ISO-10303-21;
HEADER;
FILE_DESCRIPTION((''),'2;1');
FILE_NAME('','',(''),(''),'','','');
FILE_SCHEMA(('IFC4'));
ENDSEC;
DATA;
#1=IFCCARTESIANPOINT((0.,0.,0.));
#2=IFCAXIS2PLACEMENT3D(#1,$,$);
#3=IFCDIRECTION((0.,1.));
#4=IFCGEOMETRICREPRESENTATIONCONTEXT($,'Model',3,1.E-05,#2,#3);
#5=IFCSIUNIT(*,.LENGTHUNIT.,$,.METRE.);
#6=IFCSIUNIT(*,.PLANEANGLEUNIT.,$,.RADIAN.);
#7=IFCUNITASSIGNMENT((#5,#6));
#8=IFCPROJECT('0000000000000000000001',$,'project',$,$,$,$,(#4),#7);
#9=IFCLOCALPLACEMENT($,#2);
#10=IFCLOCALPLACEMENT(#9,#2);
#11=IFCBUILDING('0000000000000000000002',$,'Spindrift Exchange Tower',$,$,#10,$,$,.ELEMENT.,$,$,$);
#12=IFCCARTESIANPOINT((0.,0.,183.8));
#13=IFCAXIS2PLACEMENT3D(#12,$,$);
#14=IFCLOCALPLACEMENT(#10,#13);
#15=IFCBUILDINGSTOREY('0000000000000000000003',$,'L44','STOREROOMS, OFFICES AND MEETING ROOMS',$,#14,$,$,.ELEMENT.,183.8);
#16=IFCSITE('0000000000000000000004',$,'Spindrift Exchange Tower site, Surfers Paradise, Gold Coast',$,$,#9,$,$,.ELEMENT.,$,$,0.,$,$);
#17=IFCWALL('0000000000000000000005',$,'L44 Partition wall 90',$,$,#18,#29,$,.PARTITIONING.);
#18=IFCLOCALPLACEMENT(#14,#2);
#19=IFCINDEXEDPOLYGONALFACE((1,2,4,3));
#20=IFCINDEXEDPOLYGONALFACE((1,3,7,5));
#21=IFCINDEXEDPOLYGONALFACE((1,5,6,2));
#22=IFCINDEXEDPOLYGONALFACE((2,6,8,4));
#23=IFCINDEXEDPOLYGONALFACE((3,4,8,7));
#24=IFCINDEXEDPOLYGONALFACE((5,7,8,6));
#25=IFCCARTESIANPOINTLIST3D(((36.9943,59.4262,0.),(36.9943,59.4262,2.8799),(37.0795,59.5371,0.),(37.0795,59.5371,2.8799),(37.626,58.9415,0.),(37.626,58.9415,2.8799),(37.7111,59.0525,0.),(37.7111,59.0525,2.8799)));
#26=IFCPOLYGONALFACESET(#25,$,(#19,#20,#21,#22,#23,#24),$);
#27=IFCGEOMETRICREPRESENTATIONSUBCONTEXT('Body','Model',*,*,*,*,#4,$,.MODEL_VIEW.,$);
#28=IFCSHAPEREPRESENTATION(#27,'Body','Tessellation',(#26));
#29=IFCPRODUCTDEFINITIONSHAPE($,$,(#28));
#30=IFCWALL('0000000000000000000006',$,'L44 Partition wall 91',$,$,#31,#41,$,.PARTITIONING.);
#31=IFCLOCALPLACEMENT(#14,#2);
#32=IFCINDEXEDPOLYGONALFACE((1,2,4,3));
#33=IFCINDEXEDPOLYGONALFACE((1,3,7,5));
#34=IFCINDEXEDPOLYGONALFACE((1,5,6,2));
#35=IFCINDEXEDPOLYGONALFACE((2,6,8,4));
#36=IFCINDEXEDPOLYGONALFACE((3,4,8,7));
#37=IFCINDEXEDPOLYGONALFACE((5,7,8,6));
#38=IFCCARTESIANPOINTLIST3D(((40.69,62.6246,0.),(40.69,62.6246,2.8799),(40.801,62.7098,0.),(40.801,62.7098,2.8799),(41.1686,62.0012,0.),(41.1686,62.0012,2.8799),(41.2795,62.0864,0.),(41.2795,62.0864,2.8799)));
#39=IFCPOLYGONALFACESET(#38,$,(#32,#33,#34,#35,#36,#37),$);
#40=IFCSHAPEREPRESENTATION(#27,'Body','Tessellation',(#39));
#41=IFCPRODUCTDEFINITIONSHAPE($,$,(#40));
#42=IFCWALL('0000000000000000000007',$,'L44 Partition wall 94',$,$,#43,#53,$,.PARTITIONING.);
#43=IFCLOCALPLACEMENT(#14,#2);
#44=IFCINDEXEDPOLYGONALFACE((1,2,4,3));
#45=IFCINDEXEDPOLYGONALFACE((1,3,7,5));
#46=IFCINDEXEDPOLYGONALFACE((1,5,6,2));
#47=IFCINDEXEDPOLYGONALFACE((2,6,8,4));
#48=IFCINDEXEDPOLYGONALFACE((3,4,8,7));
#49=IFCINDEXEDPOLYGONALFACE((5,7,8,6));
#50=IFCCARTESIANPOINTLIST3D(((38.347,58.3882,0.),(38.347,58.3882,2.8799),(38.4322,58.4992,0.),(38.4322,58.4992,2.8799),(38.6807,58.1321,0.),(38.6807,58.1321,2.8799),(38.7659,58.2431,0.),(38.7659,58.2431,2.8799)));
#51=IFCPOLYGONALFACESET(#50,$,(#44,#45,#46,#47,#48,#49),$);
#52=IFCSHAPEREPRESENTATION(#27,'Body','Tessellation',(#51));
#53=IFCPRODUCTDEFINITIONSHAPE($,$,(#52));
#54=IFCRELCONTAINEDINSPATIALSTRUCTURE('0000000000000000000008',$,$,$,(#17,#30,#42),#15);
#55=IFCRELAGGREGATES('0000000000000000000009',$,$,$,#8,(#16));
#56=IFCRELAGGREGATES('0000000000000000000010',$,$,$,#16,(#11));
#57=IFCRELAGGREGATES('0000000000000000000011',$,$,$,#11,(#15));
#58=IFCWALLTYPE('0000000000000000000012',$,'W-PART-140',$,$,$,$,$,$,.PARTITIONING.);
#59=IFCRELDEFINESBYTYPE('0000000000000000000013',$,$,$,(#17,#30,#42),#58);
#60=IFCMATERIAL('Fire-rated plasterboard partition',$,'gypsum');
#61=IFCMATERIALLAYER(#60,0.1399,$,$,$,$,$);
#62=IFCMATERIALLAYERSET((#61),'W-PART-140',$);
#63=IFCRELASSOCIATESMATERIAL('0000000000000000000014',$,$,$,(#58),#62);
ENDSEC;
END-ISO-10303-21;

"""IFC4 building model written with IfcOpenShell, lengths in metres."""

from ifc_helpers import new_model, si_unit, direction, frame, frame_2d, origin, place, context, subcontext, project, spatial, rectangle, extrude, material, layer, layer_set, type_object, element, save


model = new_model("IFC4")

# Units and contexts
model_context = context("Model", 3, precision=1e-05, world=origin(), true_north=direction((0.0, 1.0)))
body_context = subcontext(model_context, "Body", "Model", "MODEL_VIEW")
ifc_project = project(units=[si_unit("LENGTHUNIT", "METRE"), si_unit("PLANEANGLEUNIT", "RADIAN")], contexts=[model_context])

# Site, building, storey
site_placement = place(None, origin())
site = spatial("IfcSite", under=ifc_project, at=site_placement, Name="Spindrift Exchange Tower site, Surfers Paradise, Gold Coast", CompositionType="ELEMENT", RefElevation=0.0)
building_placement = place(site_placement, origin())
building = spatial("IfcBuilding", under=site, at=building_placement, Name="Spindrift Exchange Tower", CompositionType="ELEMENT")
storey_placement = place(building_placement, frame((0.0, 0.0, 183.8)))
storey = spatial("IfcBuildingStorey", under=building, at=storey_placement, Name="L44", Description="STOREROOMS, OFFICES AND MEETING ROOMS", CompositionType="ELEMENT", Elevation=183.8)

# Shared definitions
ifc_material_1 = material(Name="Fire-rated plasterboard partition", Category="gypsum")

# Shared definitions
ifc_layer_1 = layer(ifc_material_1, 0.1399)
ifc_layer_set_1 = layer_set([ifc_layer_1], Name="W-PART-140")
wall_type_1 = type_object("IfcWallType", Name="W-PART-140", PredefinedType="PARTITIONING", material=ifc_layer_set_1)

# Walls
wall_1_placement = place(storey_placement, frame((37.6685, 58.9971, 0.0), z_axis=(0.0, 0.0, 1.0), x_axis=(-0.793364, 0.608747, 0.0)))
element("IfcWall", 1, at=wall_1_placement, inside=storey, type_object=wall_type_1, Name="L44 Partition wall 90", PredefinedType="PARTITIONING", context=body_context, shape_type="SweptSolid", body=[
    extrude(rectangle(XDim=0.7961, YDim=0.1399, at=frame_2d((0.3979, 0.0))), origin(), (0.0, 0.0, 1.0), 2.8799),
])
wall_2_placement = place(storey_placement, frame((41.2241, 62.0437, 0.0), z_axis=(0.0, 0.0, 1.0), x_axis=(-0.60896, 0.793201, 0.0)))
element("IfcWall", 2, at=wall_2_placement, inside=storey, type_object=wall_type_1, Name="L44 Partition wall 91", PredefinedType="PARTITIONING", context=body_context, shape_type="SweptSolid", body=[
    extrude(rectangle(XDim=0.7859, YDim=0.1399, at=frame_2d((0.3931, 0.0))), origin(), (0.0, 0.0, 1.0), 2.8799),
])
wall_3_placement = place(storey_placement, frame((38.7234, 58.1875, 0.0), z_axis=(0.0, 0.0, 1.0), x_axis=(-0.793335, 0.608785, 0.0)))
element("IfcWall", 3, at=wall_3_placement, inside=storey, type_object=wall_type_1, Name="L44 Partition wall 94", PredefinedType="PARTITIONING", context=body_context, shape_type="SweptSolid", body=[
    extrude(rectangle(XDim=0.4207, YDim=0.1399, at=frame_2d((0.2104, 0.0))), origin(), (0.0, 0.0, 1.0), 2.8799),
])

save(model, "model.ifc")
